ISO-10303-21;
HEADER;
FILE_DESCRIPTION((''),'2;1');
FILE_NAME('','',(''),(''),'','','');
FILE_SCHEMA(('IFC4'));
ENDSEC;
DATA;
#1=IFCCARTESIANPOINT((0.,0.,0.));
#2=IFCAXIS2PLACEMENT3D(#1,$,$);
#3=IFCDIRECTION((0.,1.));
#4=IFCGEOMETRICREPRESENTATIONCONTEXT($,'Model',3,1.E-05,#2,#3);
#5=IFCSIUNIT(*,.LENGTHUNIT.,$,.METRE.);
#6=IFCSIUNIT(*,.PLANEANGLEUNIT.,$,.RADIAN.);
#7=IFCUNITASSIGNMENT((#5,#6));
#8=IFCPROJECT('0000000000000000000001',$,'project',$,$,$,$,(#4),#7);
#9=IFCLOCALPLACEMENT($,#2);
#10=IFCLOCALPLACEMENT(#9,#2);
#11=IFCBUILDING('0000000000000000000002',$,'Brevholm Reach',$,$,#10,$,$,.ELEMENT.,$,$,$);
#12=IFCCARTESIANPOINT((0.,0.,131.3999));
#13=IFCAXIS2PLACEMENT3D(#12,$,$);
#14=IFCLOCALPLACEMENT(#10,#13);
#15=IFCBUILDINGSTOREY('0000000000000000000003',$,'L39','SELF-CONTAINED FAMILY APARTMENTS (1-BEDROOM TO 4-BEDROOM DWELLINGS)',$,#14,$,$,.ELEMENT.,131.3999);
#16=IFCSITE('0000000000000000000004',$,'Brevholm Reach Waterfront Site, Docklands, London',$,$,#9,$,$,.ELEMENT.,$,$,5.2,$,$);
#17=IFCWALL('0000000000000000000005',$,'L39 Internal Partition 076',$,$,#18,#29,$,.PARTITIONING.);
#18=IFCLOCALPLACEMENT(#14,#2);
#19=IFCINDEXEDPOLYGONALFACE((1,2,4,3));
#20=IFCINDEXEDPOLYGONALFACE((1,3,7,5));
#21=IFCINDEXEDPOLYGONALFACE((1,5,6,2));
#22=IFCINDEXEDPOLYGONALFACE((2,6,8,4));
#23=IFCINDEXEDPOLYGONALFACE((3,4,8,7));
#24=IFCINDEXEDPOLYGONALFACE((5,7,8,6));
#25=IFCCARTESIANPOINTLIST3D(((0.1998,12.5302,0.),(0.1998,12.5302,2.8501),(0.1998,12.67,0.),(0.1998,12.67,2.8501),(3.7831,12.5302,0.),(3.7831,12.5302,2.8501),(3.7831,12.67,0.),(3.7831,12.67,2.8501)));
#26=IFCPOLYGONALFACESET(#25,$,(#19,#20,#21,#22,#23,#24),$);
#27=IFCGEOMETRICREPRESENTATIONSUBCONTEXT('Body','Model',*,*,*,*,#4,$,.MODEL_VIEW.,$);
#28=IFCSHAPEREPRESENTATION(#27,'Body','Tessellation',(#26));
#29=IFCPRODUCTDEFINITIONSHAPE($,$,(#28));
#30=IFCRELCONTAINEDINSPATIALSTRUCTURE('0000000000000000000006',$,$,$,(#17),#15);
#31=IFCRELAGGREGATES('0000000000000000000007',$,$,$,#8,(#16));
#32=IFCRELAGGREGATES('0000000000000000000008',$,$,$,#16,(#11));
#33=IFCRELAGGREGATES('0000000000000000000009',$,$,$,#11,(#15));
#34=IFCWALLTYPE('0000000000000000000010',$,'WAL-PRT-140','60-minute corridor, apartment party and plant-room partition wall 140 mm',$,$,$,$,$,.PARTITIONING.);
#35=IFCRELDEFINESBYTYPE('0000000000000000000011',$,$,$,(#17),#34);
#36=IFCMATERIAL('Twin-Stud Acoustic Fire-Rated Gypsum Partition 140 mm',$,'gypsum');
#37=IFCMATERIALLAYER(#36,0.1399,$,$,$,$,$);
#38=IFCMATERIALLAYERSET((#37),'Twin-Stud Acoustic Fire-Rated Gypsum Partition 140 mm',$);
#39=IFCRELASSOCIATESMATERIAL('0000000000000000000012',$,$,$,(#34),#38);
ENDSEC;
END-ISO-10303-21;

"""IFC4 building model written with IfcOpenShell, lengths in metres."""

from ifc_helpers import new_model, si_unit, direction, frame, frame_2d, origin, place, context, subcontext, project, spatial, rectangle, extrude, material, layer, layer_set, type_object, element, save


model = new_model("IFC4")

# Units and contexts
model_context = context("Model", 3, precision=1e-05, world=origin(), true_north=direction((0.0, 1.0)))
body_context = subcontext(model_context, "Body", "Model", "MODEL_VIEW")
ifc_project = project(units=[si_unit("LENGTHUNIT", "METRE"), si_unit("PLANEANGLEUNIT", "RADIAN")], contexts=[model_context])

# Site, building, storey
site_placement = place(None, origin())
site = spatial("IfcSite", under=ifc_project, at=site_placement, Name="Brevholm Reach Waterfront Site, Docklands, London", CompositionType="ELEMENT", RefElevation=5.2)
building_placement = place(site_placement, origin())
building = spatial("IfcBuilding", under=site, at=building_placement, Name="Brevholm Reach", CompositionType="ELEMENT")
storey_placement = place(building_placement, frame((0.0, 0.0, 131.3999)))
storey = spatial("IfcBuildingStorey", under=building, at=storey_placement, Name="L39", Description="SELF-CONTAINED FAMILY APARTMENTS (1-BEDROOM TO 4-BEDROOM DWELLINGS)", CompositionType="ELEMENT", Elevation=131.3999)

# Wall
ifc_material_1 = material(Name="Twin-Stud Acoustic Fire-Rated Gypsum Partition 140 mm", Category="gypsum")
ifc_layer_1 = layer(ifc_material_1, 0.1399)
ifc_layer_set_1 = layer_set([ifc_layer_1], Name="Twin-Stud Acoustic Fire-Rated Gypsum Partition 140 mm")
wall_type_1 = type_object("IfcWallType", Name="WAL-PRT-140", Description="60-minute corridor, apartment party and plant-room partition wall 140 mm", PredefinedType="PARTITIONING", material=ifc_layer_set_1)
wall_1_placement = place(storey_placement, frame((0.2, 12.6001, 0.0), z_axis=(0.0, 0.0, 1.0), x_axis=(1.0, 0.0, 0.0)))
element("IfcWall", 1, at=wall_1_placement, inside=storey, type_object=wall_type_1, Name="L39 Internal Partition 076", PredefinedType="PARTITIONING", context=body_context, shape_type="SweptSolid", body=[
    extrude(rectangle(XDim=3.5833, YDim=0.1399, at=frame_2d((1.7915, 0.0))), origin(), (0.0, 0.0, 1.0), 2.8501),
])

save(model, "model.ifc")
